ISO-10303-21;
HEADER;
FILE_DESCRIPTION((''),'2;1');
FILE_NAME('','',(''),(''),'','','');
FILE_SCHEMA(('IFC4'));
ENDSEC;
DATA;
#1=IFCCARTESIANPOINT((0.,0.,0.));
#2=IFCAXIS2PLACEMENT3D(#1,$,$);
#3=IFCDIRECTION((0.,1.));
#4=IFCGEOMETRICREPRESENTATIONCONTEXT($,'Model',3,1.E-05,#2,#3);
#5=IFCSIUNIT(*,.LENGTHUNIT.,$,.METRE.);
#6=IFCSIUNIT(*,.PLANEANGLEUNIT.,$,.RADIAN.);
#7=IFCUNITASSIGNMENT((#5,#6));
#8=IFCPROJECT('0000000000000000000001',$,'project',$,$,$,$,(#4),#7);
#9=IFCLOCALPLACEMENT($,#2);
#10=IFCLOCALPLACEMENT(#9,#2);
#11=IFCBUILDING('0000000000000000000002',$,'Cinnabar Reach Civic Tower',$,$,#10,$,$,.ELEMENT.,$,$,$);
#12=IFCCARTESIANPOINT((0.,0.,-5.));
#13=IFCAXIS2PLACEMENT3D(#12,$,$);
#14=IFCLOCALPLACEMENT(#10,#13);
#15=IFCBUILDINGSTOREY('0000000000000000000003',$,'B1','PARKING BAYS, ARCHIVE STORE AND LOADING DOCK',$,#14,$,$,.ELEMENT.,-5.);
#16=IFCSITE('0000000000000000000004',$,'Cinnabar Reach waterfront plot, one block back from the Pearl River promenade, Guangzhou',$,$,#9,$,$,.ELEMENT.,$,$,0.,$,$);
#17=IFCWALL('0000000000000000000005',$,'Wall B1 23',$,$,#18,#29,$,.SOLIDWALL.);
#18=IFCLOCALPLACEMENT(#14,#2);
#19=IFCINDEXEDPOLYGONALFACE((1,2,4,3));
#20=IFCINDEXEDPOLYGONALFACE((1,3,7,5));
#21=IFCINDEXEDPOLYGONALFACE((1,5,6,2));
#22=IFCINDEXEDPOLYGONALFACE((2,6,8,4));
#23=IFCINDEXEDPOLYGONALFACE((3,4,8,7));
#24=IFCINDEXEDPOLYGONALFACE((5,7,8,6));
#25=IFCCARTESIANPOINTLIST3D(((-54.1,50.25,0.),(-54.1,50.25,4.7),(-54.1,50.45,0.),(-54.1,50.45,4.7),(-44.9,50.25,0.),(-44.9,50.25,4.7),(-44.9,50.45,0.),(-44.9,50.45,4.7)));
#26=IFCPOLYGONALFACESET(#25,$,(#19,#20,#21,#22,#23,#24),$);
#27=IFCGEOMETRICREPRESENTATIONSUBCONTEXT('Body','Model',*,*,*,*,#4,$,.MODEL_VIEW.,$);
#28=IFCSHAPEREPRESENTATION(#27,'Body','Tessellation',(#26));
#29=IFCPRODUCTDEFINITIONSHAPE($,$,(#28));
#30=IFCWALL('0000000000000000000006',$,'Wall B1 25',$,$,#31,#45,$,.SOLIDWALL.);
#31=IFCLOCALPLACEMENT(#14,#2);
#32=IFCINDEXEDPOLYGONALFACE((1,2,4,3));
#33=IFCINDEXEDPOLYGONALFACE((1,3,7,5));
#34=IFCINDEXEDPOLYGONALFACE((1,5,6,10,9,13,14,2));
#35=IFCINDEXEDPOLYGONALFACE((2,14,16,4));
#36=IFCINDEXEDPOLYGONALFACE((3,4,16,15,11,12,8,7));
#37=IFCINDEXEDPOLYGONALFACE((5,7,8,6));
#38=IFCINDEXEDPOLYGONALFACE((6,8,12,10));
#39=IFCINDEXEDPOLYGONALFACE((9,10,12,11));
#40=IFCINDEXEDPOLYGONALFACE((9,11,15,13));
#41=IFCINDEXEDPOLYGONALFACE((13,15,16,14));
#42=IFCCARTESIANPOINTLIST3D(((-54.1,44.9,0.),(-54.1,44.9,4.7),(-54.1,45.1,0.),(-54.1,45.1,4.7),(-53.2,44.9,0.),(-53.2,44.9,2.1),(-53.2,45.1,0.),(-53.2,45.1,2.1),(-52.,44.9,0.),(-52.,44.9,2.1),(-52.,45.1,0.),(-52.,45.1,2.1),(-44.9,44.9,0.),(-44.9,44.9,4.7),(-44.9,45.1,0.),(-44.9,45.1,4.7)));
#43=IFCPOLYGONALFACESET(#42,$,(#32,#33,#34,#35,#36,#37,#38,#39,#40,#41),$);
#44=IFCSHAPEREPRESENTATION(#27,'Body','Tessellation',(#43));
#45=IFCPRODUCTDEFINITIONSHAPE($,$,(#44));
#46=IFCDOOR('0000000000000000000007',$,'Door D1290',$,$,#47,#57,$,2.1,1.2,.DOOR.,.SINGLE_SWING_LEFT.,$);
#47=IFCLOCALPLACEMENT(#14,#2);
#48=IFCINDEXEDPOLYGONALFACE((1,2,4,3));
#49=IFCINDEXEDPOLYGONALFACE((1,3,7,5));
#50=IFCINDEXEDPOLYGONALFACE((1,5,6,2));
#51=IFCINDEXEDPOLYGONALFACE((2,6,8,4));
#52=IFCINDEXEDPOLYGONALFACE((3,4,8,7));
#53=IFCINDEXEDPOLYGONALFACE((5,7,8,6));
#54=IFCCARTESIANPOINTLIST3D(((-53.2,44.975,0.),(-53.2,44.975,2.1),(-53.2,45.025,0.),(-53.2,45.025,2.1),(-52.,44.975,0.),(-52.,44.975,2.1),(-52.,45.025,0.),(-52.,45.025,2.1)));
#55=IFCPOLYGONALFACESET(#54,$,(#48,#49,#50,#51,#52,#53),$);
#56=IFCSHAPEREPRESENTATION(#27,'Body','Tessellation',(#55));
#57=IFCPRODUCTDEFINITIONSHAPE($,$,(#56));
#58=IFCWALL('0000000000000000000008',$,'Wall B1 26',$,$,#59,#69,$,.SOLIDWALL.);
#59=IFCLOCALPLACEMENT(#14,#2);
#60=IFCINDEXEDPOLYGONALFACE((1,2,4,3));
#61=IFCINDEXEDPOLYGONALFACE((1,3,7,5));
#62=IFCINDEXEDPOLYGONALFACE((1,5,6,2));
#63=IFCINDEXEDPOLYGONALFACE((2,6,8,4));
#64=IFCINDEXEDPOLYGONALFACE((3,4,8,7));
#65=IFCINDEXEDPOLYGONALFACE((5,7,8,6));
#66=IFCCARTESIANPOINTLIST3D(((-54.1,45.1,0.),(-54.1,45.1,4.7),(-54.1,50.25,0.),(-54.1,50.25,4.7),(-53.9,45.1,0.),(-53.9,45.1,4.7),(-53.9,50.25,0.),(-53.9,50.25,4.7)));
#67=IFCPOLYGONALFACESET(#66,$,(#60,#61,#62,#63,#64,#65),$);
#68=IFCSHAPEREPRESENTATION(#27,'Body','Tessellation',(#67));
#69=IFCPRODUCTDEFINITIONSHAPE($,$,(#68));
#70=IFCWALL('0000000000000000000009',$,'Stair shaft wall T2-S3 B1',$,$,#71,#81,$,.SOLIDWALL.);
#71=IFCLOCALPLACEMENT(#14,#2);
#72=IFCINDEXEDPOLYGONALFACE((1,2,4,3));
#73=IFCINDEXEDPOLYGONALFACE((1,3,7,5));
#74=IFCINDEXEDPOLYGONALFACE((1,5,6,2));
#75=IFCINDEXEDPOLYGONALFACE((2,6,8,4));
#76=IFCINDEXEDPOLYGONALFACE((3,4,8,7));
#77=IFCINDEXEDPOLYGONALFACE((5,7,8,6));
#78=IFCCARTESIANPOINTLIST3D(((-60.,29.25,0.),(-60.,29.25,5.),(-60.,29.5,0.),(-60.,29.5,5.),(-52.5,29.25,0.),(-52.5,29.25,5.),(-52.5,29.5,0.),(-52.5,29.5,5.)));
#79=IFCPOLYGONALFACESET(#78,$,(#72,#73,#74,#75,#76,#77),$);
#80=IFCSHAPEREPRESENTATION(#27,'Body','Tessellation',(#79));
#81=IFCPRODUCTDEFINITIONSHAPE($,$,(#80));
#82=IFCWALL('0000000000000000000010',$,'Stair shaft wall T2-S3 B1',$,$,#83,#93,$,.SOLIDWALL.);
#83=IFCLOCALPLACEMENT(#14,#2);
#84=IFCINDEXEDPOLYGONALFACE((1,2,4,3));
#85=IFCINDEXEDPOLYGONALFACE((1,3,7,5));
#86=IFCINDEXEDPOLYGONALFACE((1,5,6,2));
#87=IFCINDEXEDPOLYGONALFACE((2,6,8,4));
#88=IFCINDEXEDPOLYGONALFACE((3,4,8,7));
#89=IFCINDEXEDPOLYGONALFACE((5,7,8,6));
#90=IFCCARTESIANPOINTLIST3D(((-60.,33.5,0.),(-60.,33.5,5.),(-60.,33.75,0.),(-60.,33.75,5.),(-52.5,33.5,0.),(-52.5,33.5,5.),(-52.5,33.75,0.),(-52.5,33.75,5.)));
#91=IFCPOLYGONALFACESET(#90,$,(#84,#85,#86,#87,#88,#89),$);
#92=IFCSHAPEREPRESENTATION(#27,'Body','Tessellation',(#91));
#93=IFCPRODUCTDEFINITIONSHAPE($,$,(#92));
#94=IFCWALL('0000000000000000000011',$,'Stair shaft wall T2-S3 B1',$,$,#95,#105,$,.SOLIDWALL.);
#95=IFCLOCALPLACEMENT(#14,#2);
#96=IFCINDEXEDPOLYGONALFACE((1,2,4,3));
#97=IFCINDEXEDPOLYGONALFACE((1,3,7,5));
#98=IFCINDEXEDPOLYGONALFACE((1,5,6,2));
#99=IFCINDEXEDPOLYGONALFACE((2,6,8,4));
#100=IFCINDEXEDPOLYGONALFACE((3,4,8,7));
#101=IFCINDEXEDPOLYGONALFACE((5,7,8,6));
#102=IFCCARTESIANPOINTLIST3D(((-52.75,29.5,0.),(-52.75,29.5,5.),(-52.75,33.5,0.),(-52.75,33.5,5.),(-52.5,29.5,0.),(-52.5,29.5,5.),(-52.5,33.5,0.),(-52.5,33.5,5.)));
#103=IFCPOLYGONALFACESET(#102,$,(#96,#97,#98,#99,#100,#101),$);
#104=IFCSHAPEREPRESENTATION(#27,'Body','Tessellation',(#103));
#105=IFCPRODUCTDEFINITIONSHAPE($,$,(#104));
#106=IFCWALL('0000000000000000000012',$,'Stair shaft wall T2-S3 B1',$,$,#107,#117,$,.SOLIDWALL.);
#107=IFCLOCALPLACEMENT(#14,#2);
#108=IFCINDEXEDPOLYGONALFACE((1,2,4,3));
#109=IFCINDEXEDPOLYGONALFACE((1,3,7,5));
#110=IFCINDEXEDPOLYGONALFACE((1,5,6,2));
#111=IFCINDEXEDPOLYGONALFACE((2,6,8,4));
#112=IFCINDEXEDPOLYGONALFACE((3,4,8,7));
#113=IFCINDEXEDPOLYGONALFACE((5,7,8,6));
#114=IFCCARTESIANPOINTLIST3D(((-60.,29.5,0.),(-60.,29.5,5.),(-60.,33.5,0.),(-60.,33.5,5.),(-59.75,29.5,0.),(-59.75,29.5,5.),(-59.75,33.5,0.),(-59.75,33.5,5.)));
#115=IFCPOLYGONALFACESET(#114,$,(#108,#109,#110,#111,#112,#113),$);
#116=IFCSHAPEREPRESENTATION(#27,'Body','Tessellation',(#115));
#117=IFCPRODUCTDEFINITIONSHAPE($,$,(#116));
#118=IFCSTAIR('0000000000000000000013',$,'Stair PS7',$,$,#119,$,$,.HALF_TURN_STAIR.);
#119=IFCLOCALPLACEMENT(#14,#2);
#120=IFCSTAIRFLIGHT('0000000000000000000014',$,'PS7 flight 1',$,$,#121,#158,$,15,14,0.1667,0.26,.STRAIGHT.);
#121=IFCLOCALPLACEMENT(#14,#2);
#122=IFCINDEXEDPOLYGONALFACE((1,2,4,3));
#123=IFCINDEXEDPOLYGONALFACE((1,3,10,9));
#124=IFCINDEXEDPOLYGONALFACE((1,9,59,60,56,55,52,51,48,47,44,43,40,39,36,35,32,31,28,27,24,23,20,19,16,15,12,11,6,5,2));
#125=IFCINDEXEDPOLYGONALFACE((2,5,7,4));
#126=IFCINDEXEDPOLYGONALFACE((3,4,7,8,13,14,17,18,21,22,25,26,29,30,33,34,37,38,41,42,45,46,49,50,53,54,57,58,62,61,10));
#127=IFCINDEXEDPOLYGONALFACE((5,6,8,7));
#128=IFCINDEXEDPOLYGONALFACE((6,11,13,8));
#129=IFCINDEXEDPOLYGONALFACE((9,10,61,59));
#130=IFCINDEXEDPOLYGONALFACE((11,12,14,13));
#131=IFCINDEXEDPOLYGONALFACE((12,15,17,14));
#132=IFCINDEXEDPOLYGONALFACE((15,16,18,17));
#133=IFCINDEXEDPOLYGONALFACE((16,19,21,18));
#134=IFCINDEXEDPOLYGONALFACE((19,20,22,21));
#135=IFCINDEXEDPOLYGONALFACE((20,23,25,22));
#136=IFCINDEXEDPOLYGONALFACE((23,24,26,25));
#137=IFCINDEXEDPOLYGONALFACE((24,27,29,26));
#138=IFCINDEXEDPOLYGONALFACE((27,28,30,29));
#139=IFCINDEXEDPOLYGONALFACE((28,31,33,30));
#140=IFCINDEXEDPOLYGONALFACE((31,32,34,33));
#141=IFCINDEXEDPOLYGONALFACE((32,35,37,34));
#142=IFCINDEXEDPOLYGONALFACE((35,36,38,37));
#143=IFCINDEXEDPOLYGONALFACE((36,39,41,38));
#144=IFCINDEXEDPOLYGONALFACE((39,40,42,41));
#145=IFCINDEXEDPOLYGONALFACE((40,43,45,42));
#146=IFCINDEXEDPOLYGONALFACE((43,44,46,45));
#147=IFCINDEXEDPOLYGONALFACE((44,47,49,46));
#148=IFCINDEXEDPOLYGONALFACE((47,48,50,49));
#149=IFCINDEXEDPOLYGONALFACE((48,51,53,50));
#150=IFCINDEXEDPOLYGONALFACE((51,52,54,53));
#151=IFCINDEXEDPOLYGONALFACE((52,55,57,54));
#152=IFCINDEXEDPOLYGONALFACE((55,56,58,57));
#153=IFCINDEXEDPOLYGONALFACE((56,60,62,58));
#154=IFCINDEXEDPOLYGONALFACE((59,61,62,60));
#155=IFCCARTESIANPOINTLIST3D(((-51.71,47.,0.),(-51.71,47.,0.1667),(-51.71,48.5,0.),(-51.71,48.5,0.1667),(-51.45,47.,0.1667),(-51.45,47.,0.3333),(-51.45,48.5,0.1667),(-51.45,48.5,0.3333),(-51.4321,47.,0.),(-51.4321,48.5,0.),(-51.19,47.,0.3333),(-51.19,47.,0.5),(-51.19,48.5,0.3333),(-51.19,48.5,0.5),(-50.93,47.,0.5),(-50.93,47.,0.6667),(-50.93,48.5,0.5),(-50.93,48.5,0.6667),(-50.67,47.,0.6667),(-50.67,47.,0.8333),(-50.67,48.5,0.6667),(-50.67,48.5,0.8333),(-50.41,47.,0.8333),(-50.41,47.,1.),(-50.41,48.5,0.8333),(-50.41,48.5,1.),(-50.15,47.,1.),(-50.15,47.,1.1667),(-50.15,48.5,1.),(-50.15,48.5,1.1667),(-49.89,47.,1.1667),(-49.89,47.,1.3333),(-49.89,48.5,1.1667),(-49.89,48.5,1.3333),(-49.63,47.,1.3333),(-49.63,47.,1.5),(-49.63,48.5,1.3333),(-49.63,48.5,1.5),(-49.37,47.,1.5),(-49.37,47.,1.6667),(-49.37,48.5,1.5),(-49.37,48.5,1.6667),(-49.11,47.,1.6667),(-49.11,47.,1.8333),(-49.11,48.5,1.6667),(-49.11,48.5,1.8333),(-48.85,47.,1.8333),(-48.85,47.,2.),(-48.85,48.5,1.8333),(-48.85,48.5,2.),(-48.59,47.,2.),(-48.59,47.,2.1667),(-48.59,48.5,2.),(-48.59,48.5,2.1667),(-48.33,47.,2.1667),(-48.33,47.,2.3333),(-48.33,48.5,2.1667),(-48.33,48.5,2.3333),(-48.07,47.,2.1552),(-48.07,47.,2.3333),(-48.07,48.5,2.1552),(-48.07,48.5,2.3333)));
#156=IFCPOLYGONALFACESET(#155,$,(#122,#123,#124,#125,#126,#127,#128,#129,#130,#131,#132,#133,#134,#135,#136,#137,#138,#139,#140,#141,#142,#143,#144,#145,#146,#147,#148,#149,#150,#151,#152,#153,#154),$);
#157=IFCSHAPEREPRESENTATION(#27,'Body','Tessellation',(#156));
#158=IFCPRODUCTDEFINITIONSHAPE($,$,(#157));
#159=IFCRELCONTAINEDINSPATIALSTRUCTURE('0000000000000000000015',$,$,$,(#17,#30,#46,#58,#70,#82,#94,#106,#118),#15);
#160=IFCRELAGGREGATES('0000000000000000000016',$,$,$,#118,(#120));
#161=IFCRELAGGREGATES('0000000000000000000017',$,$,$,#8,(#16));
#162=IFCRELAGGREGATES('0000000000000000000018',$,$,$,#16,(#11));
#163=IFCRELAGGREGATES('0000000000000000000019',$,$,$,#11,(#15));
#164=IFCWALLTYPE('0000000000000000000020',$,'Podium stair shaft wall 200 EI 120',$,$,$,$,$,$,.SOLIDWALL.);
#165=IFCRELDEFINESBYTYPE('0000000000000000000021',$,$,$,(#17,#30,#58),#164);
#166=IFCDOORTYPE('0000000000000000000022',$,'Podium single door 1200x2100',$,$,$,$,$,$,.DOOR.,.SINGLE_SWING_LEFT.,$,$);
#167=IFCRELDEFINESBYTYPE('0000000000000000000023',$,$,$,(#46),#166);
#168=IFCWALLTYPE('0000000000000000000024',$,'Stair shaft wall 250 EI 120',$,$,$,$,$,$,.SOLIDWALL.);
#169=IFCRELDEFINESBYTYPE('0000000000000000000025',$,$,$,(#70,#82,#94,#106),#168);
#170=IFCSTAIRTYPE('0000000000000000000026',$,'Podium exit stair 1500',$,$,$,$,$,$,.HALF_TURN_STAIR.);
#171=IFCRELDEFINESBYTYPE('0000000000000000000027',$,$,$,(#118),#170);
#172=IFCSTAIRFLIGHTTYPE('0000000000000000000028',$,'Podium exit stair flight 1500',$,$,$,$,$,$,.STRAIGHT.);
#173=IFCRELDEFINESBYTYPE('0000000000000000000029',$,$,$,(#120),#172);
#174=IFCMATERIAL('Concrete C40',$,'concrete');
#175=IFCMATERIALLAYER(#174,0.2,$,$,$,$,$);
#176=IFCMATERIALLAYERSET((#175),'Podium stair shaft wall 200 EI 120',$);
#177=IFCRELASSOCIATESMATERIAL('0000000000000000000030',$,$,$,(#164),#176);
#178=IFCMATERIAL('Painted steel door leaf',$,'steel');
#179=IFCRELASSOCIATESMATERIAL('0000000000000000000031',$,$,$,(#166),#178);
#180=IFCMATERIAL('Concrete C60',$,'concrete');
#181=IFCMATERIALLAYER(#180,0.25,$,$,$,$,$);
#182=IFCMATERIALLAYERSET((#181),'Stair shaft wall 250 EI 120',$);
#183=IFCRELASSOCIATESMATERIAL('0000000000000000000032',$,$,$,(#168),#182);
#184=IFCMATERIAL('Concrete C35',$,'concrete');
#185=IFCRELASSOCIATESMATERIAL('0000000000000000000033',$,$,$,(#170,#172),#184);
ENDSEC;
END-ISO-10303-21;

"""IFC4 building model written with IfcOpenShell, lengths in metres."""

from ifc_helpers import new_model, si_unit, direction, frame, frame_2d, origin, place, context, subcontext, project, spatial, polyline, rectangle, outline, extrude, material, layer, layer_set, type_object, element, fill, aggregate, save


model = new_model("IFC4")

# Units and contexts
model_context = context("Model", 3, precision=1e-05, world=origin(), true_north=direction((0.0, 1.0)))
body_context = subcontext(model_context, "Body", "Model", "MODEL_VIEW")
ifc_project = project(units=[si_unit("LENGTHUNIT", "METRE"), si_unit("PLANEANGLEUNIT", "RADIAN")], contexts=[model_context])

# Site, building, storey
site_placement = place(None, origin())
site = spatial("IfcSite", under=ifc_project, at=site_placement, Name="Cinnabar Reach waterfront plot, one block back from the Pearl River promenade, Guangzhou", CompositionType="ELEMENT", RefElevation=0.0)
building_placement = place(site_placement, origin())
building = spatial("IfcBuilding", under=site, at=building_placement, Name="Cinnabar Reach Civic Tower", CompositionType="ELEMENT")
storey_placement = place(building_placement, frame((0.0, 0.0, -5.0)))
storey = spatial("IfcBuildingStorey", under=building, at=storey_placement, Name="B1", Description="PARKING BAYS, ARCHIVE STORE AND LOADING DOCK", CompositionType="ELEMENT", Elevation=-5.0)

# Shared definitions
ifc_material_1 = material(Name="Concrete C60", Category="concrete")

# Shared definitions
ifc_material_2 = material(Name="Painted steel door leaf", Category="steel")

# Wall
ifc_material_3 = material(Name="Concrete C40", Category="concrete")
ifc_layer_1 = layer(ifc_material_3, 0.2)
ifc_layer_set_1 = layer_set([ifc_layer_1], Name="Podium stair shaft wall 200 EI 120")
wall_type_1 = type_object("IfcWallType", Name="Podium stair shaft wall 200 EI 120", PredefinedType="SOLIDWALL", material=ifc_layer_set_1)
wall_1_placement = place(storey_placement, frame((-54.1, 50.35, 0.0), z_axis=(0.0, 0.0, 1.0), x_axis=(1.0, 0.0, 0.0)))
element("IfcWall", 1, at=wall_1_placement, inside=storey, type_object=wall_type_1, Name="Wall B1 23", PredefinedType="SOLIDWALL", context=body_context, shape_type="SweptSolid", body=[
    extrude(rectangle(XDim=9.2, YDim=0.2, at=frame_2d((4.6, 0.0))), origin(), (0.0, 0.0, 1.0), 4.7),
])

# Wall, opening, door
wall_2_placement = place(storey_placement, frame((-54.1, 45.0, 0.0), z_axis=(0.0, 0.0, 1.0), x_axis=(1.0, 0.0, 0.0)))
wall_2 = element("IfcWall", 2, at=wall_2_placement, inside=storey, type_object=wall_type_1, Name="Wall B1 25", PredefinedType="SOLIDWALL", context=body_context, shape_type="SweptSolid", body=[
    extrude(rectangle(XDim=9.2, YDim=0.2, at=frame_2d((4.6, 0.0))), origin(), (0.0, 0.0, 1.0), 4.7),
])
opening_1_placement = place(wall_2_placement, frame((0.9, 0.0, 0.0)))
opening_1 = element("IfcOpeningElement", 3, at=opening_1_placement, cuts=wall_2, PredefinedType="OPENING", context=body_context, shape_type="SweptSolid", body=[
    extrude(rectangle(XDim=1.2, YDim=2.1, at=frame_2d((0.6, 1.05))), frame((0.0, 0.11, 0.0), z_axis=(0.0, -1.0, 0.0), x_axis=(1.0, 0.0, 0.0)), (0.0, 0.0, 1.0), 0.22),
])
door_type_1 = type_object("IfcDoorType", Name="Podium single door 1200x2100", OperationType="SINGLE_SWING_LEFT", PredefinedType="DOOR", material=ifc_material_2)
door_1_placement = place(opening_1_placement, origin())
door_1 = element("IfcDoor", 4, at=door_1_placement, inside=storey, type_object=door_type_1, Name="Door D1290", OperationType="SINGLE_SWING_LEFT", OverallHeight=2.1, OverallWidth=1.2, PredefinedType="DOOR", context=body_context, shape_type="SweptSolid", body=[
    extrude(rectangle(XDim=1.2, YDim=2.1, at=frame_2d((0.6, 1.05))), frame((0.0, 0.025, 0.0), z_axis=(0.0, -1.0, 0.0), x_axis=(1.0, 0.0, 0.0)), (0.0, 0.0, 1.0), 0.05),
])
fill(opening_1, door_1)

# Walls
wall_3_placement = place(storey_placement, frame((-54.0, 45.1, 0.0), z_axis=(0.0, 0.0, 1.0), x_axis=(0.0, 1.0, 0.0)))
element("IfcWall", 5, at=wall_3_placement, inside=storey, type_object=wall_type_1, Name="Wall B1 26", PredefinedType="SOLIDWALL", context=body_context, shape_type="SweptSolid", body=[
    extrude(rectangle(XDim=5.15, YDim=0.2, at=frame_2d((2.575, 0.0))), origin(), (0.0, 0.0, 1.0), 4.7),
])
ifc_layer_2 = layer(ifc_material_1, 0.25)
ifc_layer_set_2 = layer_set([ifc_layer_2], Name="Stair shaft wall 250 EI 120")
wall_type_2 = type_object("IfcWallType", Name="Stair shaft wall 250 EI 120", PredefinedType="SOLIDWALL", material=ifc_layer_set_2)
for number, where, z_axis, x_axis, name in (
    (6, (-60.0, 29.375, 0.0), (0.0, 0.0, 1.0), (1.0, 0.0, 0.0), "Stair shaft wall T2-S3 B1"),
    (7, (-52.5, 33.625, 0.0), (0.0, 0.0, 1.0), (-1.0, 0.0, 0.0), "Stair shaft wall T2-S3 B1"),
):
    element("IfcWall", number, at=place(storey_placement, frame(where, z_axis=z_axis, x_axis=x_axis)), inside=storey, type_object=wall_type_2, Name=name, PredefinedType="SOLIDWALL", context=body_context, shape_type="SweptSolid", body=[
        extrude(rectangle(XDim=7.5, YDim=0.25, at=frame_2d((3.75, 0.0))), origin(), (0.0, 0.0, 1.0), 5.0),
    ])
for number, where, z_axis, x_axis, name in (
    (8, (-52.625, 29.5, 0.0), (0.0, 0.0, 1.0), (0.0, 1.0, 0.0), "Stair shaft wall T2-S3 B1"),
    (9, (-59.875, 33.5, 0.0), (0.0, 0.0, 1.0), (0.0, -1.0, 0.0), "Stair shaft wall T2-S3 B1"),
):
    element("IfcWall", number, at=place(storey_placement, frame(where, z_axis=z_axis, x_axis=x_axis)), inside=storey, type_object=wall_type_2, Name=name, PredefinedType="SOLIDWALL", context=body_context, shape_type="SweptSolid", body=[
        extrude(rectangle(XDim=4.0, YDim=0.25, at=frame_2d((2.0, 0.0))), origin(), (0.0, 0.0, 1.0), 5.0),
    ])

# Stair, stair flight
ifc_material_4 = material(Name="Concrete C35", Category="concrete")
stair_type = type_object("IfcStairType", Name="Podium exit stair 1500", PredefinedType="HALF_TURN_STAIR", material=ifc_material_4)
stair_placement = place(storey_placement, origin())
stair = element("IfcStair", 10, at=stair_placement, inside=storey, type_object=stair_type, Name="Stair PS7", PredefinedType="HALF_TURN_STAIR")
stair_flight_type = type_object("IfcStairFlightType", Name="Podium exit stair flight 1500", PredefinedType="STRAIGHT", material=ifc_material_4)
stair_flight_1_placement = place(storey_placement, frame((-51.71, 47.75, 0.0), z_axis=(0.0, 0.0, 1.0), x_axis=(1.0, 0.0, 0.0)))
stair_flight_1 = element("IfcStairFlight", 11, at=stair_flight_1_placement, type_object=stair_flight_type, Name="PS7 flight 1", NumberOfRisers=15, NumberOfTreads=14, PredefinedType="STRAIGHT", RiserHeight=0.1667, TreadLength=0.26, context=body_context, shape_type="SweptSolid", body=[
    extrude(outline(polyline([(0.0, 0.0), (0.0, 0.1667), (0.26, 0.1667), (0.26, 0.3333), (0.52, 0.3333), (0.52, 0.5), (0.78, 0.5), (0.78, 0.6667), (1.04, 0.6667), (1.04, 0.8333), (1.3, 0.8333), (1.3, 1.0), (1.56, 1.0), (1.56, 1.1667), (1.82, 1.1667), (1.82, 1.3333), (2.08, 1.3333), (2.08, 1.5), (2.34, 1.5), (2.34, 1.6667), (2.6, 1.6667), (2.6, 1.8333), (2.86, 1.8333), (2.86, 2.0), (3.12, 2.0), (3.12, 2.1667), (3.38, 2.1667), (3.38, 2.3333), (3.64, 2.3333), (3.64, 2.5), (3.64, 2.1552), (0.2779, 0.0), (0.0, 0.0)])), frame((0.0, 0.75, 0.0), z_axis=(0.0, -1.0, 0.0), x_axis=(1.0, 0.0, 0.0)), (0.0, 0.0, 1.0), 1.5),
])
aggregate(stair, [stair_flight_1])

save(model, "model.ifc")
